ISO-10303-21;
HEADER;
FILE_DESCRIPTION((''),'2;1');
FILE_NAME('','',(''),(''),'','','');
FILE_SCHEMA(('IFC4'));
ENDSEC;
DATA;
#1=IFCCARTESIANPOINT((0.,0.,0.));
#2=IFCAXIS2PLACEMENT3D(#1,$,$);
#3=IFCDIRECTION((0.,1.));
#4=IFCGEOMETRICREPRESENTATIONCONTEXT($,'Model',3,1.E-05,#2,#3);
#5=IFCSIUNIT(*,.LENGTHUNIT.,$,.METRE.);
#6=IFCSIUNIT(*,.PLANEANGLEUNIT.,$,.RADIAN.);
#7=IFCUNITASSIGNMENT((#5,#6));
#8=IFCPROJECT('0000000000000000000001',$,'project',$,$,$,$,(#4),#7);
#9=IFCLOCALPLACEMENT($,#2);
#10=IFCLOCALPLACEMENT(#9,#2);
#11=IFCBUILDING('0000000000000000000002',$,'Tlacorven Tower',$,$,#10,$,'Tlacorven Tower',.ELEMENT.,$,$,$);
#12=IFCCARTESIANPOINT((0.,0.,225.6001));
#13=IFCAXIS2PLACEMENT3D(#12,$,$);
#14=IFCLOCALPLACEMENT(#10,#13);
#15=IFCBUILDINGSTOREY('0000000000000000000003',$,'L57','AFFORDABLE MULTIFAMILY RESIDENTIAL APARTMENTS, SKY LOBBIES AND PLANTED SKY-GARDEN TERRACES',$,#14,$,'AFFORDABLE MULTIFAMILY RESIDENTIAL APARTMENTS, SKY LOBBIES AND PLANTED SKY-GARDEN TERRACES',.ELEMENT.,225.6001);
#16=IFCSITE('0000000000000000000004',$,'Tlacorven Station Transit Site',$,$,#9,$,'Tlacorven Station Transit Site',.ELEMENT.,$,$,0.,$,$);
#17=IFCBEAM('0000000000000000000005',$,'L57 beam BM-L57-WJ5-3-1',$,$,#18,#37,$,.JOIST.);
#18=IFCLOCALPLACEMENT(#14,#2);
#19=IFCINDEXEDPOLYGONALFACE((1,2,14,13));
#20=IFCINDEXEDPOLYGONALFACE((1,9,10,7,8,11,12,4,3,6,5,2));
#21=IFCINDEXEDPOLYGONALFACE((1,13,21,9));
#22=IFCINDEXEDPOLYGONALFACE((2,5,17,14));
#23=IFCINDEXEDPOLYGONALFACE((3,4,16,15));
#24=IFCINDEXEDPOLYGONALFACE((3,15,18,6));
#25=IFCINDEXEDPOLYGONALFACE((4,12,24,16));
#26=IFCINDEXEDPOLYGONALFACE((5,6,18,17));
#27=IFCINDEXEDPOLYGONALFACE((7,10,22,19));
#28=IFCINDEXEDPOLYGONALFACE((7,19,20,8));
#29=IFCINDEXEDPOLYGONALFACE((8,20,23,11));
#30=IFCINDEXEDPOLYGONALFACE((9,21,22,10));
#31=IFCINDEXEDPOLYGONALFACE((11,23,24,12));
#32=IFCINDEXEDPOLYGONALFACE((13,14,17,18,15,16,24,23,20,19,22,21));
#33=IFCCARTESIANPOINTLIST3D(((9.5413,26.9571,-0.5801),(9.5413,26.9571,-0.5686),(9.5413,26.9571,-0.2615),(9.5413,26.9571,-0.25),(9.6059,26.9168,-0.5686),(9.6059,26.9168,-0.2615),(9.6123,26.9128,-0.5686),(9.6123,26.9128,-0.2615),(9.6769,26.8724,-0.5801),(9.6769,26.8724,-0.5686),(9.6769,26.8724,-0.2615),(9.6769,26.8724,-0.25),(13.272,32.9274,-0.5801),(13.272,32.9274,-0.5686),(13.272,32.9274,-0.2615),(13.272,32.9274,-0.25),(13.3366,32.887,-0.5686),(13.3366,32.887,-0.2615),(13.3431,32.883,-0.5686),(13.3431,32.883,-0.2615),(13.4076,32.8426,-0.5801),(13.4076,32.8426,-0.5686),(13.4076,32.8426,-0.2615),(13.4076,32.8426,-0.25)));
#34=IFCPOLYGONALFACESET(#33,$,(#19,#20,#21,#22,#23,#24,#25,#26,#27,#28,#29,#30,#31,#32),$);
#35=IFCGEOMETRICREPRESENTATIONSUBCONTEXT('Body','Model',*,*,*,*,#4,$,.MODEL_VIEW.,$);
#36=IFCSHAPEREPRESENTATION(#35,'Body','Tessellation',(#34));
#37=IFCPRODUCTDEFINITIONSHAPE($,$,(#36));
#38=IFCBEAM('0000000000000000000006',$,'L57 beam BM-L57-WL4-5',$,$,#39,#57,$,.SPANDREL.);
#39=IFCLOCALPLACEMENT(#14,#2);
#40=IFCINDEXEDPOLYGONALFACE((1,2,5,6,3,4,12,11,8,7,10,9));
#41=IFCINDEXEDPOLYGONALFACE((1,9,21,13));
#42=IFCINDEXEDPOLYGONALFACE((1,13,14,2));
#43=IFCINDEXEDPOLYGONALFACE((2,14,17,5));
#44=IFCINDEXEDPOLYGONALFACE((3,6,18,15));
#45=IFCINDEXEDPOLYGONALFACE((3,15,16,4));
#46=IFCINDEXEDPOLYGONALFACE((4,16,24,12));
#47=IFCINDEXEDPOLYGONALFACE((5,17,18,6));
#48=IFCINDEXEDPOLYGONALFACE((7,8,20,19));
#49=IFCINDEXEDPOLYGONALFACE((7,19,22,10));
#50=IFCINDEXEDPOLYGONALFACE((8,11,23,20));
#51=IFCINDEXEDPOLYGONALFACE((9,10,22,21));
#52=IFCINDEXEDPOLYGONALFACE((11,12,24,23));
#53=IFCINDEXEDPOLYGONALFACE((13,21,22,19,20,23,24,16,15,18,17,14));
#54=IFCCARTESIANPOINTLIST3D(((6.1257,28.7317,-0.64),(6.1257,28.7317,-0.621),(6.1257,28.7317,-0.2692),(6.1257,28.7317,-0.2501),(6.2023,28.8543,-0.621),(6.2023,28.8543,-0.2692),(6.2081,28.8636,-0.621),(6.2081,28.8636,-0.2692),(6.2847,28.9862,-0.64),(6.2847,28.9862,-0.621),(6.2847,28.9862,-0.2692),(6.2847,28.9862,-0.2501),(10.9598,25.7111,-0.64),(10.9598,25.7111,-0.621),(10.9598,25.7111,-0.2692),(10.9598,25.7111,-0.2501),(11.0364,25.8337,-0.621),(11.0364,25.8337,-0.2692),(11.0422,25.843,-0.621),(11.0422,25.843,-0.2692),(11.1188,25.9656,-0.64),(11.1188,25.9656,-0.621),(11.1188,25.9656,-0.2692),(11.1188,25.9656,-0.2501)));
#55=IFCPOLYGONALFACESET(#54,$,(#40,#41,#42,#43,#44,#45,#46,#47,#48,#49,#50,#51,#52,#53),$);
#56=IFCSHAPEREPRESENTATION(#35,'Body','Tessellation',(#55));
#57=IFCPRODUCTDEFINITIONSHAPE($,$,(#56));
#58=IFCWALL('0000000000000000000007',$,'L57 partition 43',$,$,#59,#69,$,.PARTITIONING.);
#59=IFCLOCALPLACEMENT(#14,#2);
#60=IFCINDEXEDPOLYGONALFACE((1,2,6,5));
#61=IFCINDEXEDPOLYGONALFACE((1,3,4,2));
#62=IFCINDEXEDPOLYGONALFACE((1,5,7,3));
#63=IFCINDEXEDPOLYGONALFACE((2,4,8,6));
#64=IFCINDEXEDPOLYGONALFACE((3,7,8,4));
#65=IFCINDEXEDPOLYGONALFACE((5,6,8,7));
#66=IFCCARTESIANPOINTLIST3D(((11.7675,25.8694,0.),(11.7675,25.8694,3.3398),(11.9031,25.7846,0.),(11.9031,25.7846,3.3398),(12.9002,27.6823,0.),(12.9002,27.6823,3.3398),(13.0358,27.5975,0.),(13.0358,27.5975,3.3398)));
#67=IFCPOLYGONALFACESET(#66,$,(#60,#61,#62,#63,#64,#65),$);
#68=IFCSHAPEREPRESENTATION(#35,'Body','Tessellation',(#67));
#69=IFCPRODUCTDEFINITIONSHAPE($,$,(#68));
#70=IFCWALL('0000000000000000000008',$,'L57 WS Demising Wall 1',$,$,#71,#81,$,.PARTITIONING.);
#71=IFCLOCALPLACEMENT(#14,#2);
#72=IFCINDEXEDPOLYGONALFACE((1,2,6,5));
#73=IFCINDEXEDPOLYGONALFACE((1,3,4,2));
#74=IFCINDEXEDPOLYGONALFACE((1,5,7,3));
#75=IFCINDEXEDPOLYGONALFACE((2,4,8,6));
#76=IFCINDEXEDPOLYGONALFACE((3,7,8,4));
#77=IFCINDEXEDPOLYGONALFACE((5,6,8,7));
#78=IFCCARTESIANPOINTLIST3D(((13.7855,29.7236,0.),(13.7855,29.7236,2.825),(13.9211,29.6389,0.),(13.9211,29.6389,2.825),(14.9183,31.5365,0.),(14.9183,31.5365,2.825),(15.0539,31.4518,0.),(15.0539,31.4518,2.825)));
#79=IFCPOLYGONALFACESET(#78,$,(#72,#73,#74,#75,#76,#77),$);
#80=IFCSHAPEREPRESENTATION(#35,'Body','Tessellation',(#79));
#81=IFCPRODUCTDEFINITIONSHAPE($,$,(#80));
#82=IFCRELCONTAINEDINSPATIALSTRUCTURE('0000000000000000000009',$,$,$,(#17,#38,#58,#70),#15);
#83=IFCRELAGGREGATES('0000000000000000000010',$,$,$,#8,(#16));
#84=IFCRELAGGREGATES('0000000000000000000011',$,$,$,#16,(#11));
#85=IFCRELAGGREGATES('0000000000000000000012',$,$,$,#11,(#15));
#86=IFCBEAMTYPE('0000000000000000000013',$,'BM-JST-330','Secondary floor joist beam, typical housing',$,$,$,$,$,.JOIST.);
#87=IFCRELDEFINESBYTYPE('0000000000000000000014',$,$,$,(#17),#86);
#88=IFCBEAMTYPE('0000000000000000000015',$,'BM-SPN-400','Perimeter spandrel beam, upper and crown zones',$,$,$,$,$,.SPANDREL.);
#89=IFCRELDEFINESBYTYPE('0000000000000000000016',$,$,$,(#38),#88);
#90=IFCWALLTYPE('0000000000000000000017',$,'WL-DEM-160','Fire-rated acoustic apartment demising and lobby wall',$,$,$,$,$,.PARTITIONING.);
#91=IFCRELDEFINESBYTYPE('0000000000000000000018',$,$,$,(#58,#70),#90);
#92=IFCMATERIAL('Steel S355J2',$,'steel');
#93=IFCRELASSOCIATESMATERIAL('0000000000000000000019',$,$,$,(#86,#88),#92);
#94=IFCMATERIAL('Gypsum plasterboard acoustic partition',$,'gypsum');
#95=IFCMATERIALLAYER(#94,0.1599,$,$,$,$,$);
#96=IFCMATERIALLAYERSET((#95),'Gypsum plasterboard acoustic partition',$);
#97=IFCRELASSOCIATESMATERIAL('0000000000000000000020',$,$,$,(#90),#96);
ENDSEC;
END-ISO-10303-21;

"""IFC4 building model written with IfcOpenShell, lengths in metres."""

from ifc_helpers import new_model, si_unit, direction, frame, frame_2d, origin, origin_2d, place, context, subcontext, project, spatial, rectangle, i_section, extrude, source, transform, mapped, material, layer, layer_set, material_profile, profile_set, type_object, element, save


model = new_model("IFC4")

# Units and contexts
model_context = context("Model", 3, precision=1e-05, world=origin(), true_north=direction((0.0, 1.0)))
body_context = subcontext(model_context, "Body", "Model", "MODEL_VIEW")
ifc_project = project(units=[si_unit("LENGTHUNIT", "METRE"), si_unit("PLANEANGLEUNIT", "RADIAN")], contexts=[model_context])

# Site, building, storey
site_placement = place(None, origin())
site = spatial("IfcSite", under=ifc_project, at=site_placement, Name="Tlacorven Station Transit Site", LongName="Tlacorven Station Transit Site", CompositionType="ELEMENT", RefElevation=0.0)
building_placement = place(site_placement, origin())
building = spatial("IfcBuilding", under=site, at=building_placement, Name="Tlacorven Tower", LongName="Tlacorven Tower", CompositionType="ELEMENT")
storey_placement = place(building_placement, frame((0.0, 0.0, 225.6001)))
storey = spatial("IfcBuildingStorey", under=building, at=storey_placement, Name="L57", Description="AFFORDABLE MULTIFAMILY RESIDENTIAL APARTMENTS, SKY LOBBIES AND PLANTED SKY-GARDEN TERRACES", LongName="AFFORDABLE MULTIFAMILY RESIDENTIAL APARTMENTS, SKY LOBBIES AND PLANTED SKY-GARDEN TERRACES", CompositionType="ELEMENT", Elevation=225.6001)

# Beams
ifc_material_1 = material(Name="Steel S355J2", Category="steel")
ifc_material_profile_1 = material_profile(ifc_material_1, i_section(OverallWidth=0.1599, OverallDepth=0.3301, WebThickness=0.0076, FlangeThickness=0.0115, at=origin_2d()), Name="IPE 330")
ifc_profile_set_1 = profile_set([ifc_material_profile_1], Name="Steel S355J2")
beam_type_1 = type_object("IfcBeamType", Name="BM-JST-330", Description="Secondary floor joist beam, typical housing", PredefinedType="JOIST", material=ifc_profile_set_1)
shared_shape_1 = source(origin(), body_context, "Body", "SweptSolid", [
    extrude(i_section(OverallWidth=0.1599, OverallDepth=0.3301, WebThickness=0.0076, FlangeThickness=0.0115, at=origin_2d()), origin(), (0.0, 0.0, 1.0), 7.04),
])
for number, where, z_axis, x_axis, name in (
    (1, (13.3398, 32.885, -0.415), (-0.52993, -0.848041, 0.0), (0.848041, -0.52993, 0.0), "L57 beam BM-L57-WJ5-3-1"),
):
    element("IfcBeam", number, at=place(storey_placement, frame(where, z_axis=z_axis, x_axis=x_axis)), inside=storey, type_object=beam_type_1, Name=name, PredefinedType="JOIST", context=body_context, shape_type="MappedRepresentation", body=[
        mapped(shared_shape_1, transform((0.0, 0.0, 0.0), scale=1.0)),
    ])
ifc_material_profile_2 = material_profile(ifc_material_1, i_section(OverallWidth=0.3, OverallDepth=0.3899, WebThickness=0.011, FlangeThickness=0.019, at=origin_2d()), Name="HEA 400")
ifc_profile_set_2 = profile_set([ifc_material_profile_2], Name="Steel S355J2")
beam_type_2 = type_object("IfcBeamType", Name="BM-SPN-400", Description="Perimeter spandrel beam, upper and crown zones", PredefinedType="SPANDREL", material=ifc_profile_set_2)
shared_shape_2 = source(origin(), body_context, "Body", "SweptSolid", [
    extrude(i_section(OverallWidth=0.3, OverallDepth=0.3899, WebThickness=0.011, FlangeThickness=0.019, at=origin_2d()), origin(), (0.0, 0.0, 1.0), 5.7002),
])
beam_placement = place(storey_placement, frame((11.0393, 25.8384, -0.4451), z_axis=(-0.848056, 0.529907, 0.0), x_axis=(-0.529907, -0.848056, 0.0)))
element("IfcBeam", 2, at=beam_placement, inside=storey, type_object=beam_type_2, Name="L57 beam BM-L57-WL4-5", PredefinedType="SPANDREL", context=body_context, shape_type="MappedRepresentation", body=[
    mapped(shared_shape_2, transform((0.0, 0.0, 0.0), scale=1.0)),
])

# Walls
ifc_material_2 = material(Name="Gypsum plasterboard acoustic partition", Category="gypsum")
ifc_layer_1 = layer(ifc_material_2, 0.1599)
ifc_layer_set_1 = layer_set([ifc_layer_1], Name="Gypsum plasterboard acoustic partition")
wall_type_1 = type_object("IfcWallType", Name="WL-DEM-160", Description="Fire-rated acoustic apartment demising and lobby wall", PredefinedType="PARTITIONING", material=ifc_layer_set_1)
wall_1_placement = place(storey_placement, frame((12.968, 27.6399, 0.0), z_axis=(0.0, 0.0, 1.0), x_axis=(-0.529896, -0.848062, 0.0)))
element("IfcWall", 3, at=wall_1_placement, inside=storey, type_object=wall_type_1, Name="L57 partition 43", PredefinedType="PARTITIONING", context=body_context, shape_type="SweptSolid", body=[
    extrude(rectangle(XDim=2.1377, YDim=0.1599, at=frame_2d((1.0688, 0.0))), origin(), (0.0, 0.0, 1.0), 3.3398),
])
wall_2_placement = place(storey_placement, frame((14.9861, 31.4941, 0.0), z_axis=(0.0, 0.0, 1.0), x_axis=(-0.529896, -0.848062, 0.0)))
element("IfcWall", 4, at=wall_2_placement, inside=storey, type_object=wall_type_1, Name="L57 WS Demising Wall 1", PredefinedType="PARTITIONING", context=body_context, shape_type="SweptSolid", body=[
    extrude(rectangle(XDim=2.1377, YDim=0.1599, at=frame_2d((1.0688, 0.0))), origin(), (0.0, 0.0, 1.0), 2.825),
])

save(model, "model.ifc")
